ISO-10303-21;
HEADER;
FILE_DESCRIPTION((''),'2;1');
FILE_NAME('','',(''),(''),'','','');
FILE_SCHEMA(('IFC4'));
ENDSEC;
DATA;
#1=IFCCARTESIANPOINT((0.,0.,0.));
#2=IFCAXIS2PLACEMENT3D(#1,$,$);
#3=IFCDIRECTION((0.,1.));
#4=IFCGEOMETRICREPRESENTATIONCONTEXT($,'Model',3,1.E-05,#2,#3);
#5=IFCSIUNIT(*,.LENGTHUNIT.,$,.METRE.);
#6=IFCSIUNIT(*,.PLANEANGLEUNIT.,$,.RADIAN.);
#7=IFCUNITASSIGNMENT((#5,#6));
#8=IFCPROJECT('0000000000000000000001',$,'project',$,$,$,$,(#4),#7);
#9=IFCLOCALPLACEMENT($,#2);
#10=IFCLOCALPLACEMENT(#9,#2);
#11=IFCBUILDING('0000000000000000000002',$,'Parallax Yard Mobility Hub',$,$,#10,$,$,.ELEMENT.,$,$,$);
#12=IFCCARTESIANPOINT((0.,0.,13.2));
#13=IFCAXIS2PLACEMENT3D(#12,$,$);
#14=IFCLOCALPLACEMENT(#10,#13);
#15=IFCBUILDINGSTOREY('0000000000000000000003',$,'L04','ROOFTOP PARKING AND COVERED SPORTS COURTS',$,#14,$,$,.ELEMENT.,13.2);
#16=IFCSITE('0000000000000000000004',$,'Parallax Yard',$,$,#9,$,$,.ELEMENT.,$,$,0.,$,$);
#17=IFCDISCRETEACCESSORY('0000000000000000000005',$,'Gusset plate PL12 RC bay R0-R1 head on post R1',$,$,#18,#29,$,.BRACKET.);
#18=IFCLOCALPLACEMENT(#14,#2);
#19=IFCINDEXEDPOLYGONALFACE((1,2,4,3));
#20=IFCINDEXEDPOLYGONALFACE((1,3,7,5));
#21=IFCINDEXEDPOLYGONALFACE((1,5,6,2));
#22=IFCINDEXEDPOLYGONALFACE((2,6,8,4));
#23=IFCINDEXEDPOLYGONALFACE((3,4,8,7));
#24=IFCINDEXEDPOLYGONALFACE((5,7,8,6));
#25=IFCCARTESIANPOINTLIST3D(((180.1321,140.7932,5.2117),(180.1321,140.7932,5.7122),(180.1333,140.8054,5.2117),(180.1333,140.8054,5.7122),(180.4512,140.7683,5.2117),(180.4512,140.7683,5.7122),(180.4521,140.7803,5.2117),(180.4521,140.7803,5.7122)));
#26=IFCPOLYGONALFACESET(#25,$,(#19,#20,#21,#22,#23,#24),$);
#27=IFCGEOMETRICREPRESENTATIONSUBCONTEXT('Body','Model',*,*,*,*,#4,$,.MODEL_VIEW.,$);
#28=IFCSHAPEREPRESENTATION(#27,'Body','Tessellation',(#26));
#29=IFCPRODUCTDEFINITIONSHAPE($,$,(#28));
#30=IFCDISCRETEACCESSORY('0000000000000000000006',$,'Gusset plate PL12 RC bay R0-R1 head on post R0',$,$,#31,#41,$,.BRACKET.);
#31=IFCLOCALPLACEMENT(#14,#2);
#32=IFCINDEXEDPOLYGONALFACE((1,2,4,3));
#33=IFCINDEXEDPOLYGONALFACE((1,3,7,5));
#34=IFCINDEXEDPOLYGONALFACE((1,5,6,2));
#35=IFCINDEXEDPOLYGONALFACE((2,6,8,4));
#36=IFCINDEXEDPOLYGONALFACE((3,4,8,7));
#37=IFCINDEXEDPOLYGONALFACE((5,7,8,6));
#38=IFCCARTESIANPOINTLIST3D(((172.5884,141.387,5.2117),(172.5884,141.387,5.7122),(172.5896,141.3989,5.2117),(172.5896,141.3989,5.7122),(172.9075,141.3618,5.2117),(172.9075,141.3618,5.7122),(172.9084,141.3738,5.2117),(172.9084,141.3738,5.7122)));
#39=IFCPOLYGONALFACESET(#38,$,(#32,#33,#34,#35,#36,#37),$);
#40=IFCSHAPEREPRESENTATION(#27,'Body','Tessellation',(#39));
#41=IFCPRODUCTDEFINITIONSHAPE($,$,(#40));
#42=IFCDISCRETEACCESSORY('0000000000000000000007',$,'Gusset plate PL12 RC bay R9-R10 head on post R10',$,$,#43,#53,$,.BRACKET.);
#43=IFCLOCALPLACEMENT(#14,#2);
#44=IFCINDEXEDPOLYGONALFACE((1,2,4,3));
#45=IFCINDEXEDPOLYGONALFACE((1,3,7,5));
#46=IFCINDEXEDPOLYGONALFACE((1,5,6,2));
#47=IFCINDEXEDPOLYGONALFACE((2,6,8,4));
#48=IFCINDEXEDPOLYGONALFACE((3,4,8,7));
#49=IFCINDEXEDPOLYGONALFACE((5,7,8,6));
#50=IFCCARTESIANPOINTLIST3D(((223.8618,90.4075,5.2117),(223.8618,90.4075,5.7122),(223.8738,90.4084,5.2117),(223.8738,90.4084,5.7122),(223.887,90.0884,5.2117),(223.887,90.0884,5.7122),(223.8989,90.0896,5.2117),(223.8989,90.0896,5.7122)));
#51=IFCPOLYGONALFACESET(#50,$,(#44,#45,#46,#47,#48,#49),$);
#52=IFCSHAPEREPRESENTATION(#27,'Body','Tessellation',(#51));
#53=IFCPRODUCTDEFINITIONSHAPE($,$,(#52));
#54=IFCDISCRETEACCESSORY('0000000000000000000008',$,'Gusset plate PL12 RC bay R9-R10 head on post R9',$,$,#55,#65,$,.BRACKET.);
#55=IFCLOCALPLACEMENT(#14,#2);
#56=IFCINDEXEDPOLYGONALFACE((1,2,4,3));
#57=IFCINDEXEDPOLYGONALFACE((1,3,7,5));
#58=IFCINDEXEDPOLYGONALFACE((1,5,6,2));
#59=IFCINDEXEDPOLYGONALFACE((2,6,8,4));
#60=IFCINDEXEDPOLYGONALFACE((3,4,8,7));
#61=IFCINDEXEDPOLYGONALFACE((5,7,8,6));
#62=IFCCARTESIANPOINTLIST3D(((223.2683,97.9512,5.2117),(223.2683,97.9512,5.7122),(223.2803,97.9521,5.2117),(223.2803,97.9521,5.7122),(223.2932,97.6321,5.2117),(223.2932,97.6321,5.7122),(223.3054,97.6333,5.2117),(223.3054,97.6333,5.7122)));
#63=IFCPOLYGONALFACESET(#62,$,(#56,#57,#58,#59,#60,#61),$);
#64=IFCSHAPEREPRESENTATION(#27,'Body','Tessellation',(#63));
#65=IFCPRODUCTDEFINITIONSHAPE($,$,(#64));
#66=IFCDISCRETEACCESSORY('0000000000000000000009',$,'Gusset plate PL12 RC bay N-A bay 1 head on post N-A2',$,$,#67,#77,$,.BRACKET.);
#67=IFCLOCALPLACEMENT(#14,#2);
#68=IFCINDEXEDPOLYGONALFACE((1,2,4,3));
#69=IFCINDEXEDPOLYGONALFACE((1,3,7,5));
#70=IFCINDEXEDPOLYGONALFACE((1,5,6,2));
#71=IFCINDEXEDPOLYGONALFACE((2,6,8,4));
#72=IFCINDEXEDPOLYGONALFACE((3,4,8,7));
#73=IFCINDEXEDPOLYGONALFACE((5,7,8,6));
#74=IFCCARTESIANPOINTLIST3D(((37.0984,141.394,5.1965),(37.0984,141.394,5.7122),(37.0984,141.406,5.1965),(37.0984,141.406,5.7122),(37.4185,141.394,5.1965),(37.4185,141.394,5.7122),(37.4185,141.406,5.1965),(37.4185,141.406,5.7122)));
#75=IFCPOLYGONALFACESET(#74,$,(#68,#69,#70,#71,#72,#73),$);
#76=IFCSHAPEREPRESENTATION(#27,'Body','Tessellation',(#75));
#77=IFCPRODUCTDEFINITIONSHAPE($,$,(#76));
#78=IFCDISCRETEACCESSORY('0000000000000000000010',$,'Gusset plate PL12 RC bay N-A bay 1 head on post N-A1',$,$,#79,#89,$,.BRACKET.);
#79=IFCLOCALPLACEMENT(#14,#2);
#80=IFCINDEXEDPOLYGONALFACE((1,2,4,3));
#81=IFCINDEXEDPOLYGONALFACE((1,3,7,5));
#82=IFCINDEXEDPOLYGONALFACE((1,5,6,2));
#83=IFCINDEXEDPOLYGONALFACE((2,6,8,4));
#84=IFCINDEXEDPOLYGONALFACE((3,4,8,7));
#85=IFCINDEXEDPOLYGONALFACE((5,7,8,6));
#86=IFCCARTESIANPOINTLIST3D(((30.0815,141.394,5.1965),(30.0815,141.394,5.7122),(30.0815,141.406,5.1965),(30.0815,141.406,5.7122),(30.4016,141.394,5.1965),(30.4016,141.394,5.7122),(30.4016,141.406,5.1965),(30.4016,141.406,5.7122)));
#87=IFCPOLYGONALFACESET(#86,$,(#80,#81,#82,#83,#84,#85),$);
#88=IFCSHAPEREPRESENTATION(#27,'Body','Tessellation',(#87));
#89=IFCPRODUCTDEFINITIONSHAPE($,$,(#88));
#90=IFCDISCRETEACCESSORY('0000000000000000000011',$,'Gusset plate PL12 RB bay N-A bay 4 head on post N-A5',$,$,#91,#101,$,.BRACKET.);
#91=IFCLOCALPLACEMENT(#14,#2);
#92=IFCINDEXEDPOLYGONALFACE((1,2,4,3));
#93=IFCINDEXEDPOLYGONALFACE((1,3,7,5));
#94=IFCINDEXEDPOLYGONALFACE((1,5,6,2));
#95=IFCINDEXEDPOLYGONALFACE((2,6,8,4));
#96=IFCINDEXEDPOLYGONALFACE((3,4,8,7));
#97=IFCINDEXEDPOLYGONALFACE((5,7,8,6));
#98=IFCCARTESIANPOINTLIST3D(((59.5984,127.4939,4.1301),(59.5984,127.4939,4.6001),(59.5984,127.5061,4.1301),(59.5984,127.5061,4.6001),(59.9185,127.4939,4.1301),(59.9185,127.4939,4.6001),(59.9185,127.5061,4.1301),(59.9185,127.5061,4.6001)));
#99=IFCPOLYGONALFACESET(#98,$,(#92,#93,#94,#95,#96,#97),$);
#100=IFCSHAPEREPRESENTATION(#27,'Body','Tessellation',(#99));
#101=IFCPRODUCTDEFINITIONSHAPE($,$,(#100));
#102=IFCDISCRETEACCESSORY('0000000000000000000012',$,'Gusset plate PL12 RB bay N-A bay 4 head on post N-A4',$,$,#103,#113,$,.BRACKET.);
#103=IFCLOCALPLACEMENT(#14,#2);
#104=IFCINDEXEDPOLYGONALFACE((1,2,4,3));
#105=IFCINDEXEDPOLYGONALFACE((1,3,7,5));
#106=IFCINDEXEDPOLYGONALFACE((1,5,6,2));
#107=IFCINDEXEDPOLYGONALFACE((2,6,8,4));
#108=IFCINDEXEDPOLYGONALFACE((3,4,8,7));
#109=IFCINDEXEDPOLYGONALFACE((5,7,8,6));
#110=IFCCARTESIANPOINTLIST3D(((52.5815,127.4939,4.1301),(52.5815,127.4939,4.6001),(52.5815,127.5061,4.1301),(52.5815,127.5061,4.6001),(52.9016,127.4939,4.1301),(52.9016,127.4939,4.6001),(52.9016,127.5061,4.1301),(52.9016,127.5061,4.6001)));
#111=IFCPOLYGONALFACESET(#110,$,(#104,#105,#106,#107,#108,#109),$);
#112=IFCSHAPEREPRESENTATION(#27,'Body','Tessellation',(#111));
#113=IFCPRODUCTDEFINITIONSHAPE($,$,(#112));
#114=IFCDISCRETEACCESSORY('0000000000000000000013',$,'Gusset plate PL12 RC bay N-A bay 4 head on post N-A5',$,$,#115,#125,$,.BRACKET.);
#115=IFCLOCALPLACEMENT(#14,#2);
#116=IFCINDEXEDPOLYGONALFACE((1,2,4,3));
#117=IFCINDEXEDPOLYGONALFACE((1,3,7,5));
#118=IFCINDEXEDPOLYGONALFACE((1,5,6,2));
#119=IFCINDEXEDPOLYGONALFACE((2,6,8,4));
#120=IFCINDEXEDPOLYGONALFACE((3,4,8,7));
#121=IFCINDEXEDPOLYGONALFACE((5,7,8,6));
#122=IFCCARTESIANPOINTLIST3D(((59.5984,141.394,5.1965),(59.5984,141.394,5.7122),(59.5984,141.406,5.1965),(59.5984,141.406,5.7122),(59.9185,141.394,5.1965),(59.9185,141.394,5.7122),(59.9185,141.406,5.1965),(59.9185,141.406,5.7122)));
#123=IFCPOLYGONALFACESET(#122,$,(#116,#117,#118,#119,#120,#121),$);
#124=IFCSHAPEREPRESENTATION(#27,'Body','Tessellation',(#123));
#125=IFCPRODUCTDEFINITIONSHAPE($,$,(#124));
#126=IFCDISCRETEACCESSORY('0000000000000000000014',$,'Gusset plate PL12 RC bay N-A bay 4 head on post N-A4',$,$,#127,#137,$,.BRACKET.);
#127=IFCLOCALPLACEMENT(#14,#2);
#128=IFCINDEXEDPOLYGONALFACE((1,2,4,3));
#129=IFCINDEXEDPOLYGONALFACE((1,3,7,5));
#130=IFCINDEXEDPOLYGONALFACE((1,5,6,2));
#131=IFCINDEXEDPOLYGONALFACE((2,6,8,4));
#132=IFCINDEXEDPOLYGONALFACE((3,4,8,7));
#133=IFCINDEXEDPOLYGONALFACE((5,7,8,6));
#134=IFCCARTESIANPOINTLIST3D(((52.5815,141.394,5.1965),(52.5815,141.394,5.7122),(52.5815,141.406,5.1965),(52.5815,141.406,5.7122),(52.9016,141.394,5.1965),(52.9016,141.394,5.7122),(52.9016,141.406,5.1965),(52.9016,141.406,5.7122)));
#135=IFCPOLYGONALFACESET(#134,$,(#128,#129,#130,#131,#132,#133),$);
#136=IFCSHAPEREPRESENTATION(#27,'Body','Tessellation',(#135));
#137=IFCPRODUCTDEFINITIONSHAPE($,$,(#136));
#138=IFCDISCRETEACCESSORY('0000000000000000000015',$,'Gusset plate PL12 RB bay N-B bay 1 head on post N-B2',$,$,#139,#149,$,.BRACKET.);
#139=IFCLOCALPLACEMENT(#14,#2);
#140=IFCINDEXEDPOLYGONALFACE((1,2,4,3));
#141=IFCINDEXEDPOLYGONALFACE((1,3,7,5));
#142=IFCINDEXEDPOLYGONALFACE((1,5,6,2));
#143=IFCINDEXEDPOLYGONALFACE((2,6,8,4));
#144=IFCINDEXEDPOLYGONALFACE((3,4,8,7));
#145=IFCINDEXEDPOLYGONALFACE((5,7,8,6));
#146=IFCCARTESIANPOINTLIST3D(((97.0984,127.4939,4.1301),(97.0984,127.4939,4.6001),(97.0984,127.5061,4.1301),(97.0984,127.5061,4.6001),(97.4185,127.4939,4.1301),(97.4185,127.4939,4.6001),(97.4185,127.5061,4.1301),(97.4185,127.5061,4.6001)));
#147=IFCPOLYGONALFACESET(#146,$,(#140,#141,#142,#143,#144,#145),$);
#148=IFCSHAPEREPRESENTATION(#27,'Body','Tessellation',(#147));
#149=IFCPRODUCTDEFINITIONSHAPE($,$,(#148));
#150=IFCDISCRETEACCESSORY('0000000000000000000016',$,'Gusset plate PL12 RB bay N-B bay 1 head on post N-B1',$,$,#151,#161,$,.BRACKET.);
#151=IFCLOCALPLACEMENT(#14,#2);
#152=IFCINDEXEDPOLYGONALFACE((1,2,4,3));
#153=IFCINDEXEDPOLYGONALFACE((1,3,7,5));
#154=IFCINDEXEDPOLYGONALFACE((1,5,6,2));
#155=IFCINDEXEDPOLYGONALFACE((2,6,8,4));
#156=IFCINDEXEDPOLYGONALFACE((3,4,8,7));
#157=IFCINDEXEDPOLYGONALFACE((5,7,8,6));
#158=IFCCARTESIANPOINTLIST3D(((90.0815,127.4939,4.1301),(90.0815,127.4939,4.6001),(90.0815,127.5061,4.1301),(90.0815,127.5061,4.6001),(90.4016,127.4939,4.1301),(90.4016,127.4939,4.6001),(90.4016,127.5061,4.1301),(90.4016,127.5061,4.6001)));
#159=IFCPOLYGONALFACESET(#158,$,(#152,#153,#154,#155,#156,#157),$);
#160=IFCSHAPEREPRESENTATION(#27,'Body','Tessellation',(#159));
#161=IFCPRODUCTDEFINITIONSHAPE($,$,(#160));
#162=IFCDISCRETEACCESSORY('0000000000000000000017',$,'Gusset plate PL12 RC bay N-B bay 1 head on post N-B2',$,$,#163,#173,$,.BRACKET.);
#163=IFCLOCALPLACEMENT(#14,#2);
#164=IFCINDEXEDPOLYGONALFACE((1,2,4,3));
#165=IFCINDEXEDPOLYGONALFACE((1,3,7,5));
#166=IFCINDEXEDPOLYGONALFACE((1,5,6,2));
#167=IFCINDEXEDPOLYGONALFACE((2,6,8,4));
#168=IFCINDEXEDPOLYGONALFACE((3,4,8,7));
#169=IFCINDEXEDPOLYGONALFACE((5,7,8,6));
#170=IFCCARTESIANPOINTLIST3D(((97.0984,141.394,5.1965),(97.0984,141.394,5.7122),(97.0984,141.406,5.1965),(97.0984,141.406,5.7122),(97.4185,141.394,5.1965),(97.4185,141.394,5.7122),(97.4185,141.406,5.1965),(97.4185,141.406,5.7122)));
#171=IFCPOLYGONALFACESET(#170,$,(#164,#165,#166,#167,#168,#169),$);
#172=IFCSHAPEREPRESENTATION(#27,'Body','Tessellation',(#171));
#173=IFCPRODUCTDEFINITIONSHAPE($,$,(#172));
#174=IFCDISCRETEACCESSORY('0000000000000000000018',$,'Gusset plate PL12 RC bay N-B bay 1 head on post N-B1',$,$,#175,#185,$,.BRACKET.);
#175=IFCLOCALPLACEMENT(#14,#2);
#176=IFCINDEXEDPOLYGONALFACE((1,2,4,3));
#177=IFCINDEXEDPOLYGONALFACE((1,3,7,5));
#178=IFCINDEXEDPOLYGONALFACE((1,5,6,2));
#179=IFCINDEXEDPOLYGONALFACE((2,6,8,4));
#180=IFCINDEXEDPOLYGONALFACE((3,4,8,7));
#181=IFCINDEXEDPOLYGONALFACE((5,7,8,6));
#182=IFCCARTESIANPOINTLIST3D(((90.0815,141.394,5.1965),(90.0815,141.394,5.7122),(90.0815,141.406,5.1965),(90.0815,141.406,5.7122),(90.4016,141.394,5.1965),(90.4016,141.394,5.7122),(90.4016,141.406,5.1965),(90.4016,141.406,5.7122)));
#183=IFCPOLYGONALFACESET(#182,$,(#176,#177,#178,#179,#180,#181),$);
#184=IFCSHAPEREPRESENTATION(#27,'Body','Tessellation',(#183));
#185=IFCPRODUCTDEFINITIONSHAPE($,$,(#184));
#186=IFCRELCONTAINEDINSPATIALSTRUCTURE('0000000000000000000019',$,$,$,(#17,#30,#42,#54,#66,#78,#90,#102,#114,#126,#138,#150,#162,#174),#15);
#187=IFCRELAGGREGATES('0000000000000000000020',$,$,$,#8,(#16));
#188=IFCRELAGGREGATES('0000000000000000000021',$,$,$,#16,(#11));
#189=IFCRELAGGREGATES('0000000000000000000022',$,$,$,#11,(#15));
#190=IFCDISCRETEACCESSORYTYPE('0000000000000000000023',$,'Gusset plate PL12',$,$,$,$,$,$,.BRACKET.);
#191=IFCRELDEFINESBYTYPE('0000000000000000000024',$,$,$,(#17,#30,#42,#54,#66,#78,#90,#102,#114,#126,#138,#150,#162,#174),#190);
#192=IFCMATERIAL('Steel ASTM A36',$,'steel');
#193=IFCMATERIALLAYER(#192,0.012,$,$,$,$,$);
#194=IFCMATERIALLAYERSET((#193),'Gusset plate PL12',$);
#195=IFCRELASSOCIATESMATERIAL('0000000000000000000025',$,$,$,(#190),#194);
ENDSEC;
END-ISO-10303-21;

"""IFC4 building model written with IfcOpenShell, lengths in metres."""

from ifc_helpers import new_model, si_unit, direction, frame, origin, place, context, subcontext, project, spatial, polyline, outline, extrude, material, layer, layer_set, type_object, element, save


model = new_model("IFC4")

# Units and contexts
model_context = context("Model", 3, precision=1e-05, world=origin(), true_north=direction((0.0, 1.0)))
body_context = subcontext(model_context, "Body", "Model", "MODEL_VIEW")
ifc_project = project(units=[si_unit("LENGTHUNIT", "METRE"), si_unit("PLANEANGLEUNIT", "RADIAN")], contexts=[model_context])

# Site, building, storey
site_placement = place(None, origin())
site = spatial("IfcSite", under=ifc_project, at=site_placement, Name="Parallax Yard", CompositionType="ELEMENT", RefElevation=0.0)
building_placement = place(site_placement, origin())
building = spatial("IfcBuilding", under=site, at=building_placement, Name="Parallax Yard Mobility Hub", CompositionType="ELEMENT")
storey_placement = place(building_placement, frame((0.0, 0.0, 13.2)))
storey = spatial("IfcBuildingStorey", under=building, at=storey_placement, Name="L04", Description="ROOFTOP PARKING AND COVERED SPORTS COURTS", CompositionType="ELEMENT", Elevation=13.2)

# Discrete accessories
ifc_material = material(Name="Steel ASTM A36", Category="steel")
ifc_layer = layer(ifc_material, 0.012)
ifc_layer_set = layer_set([ifc_layer], Name="Gusset plate PL12")
discrete_accessory_type = type_object("IfcDiscreteAccessoryType", Name="Gusset plate PL12", PredefinedType="BRACKET", material=ifc_layer_set)
discrete_accessory_1_placement = place(storey_placement, frame((0.0, 0.0, 5.2117)))
element("IfcDiscreteAccessory", 1, at=discrete_accessory_1_placement, inside=storey, type_object=discrete_accessory_type, Name="Gusset plate PL12 RC bay R0-R1 head on post R1", PredefinedType="BRACKET", context=body_context, shape_type="SweptSolid", body=[
    extrude(outline(polyline([(180.4521, 140.7803), (180.1333, 140.8054), (180.1321, 140.7932), (180.4512, 140.7683), (180.4521, 140.7803)])), origin(), (0.0, 0.0, 1.0), 0.5005),
])
discrete_accessory_2_placement = place(storey_placement, frame((0.0, 0.0, 5.2117)))
element("IfcDiscreteAccessory", 2, at=discrete_accessory_2_placement, inside=storey, type_object=discrete_accessory_type, Name="Gusset plate PL12 RC bay R0-R1 head on post R0", PredefinedType="BRACKET", context=body_context, shape_type="SweptSolid", body=[
    extrude(outline(polyline([(172.5884, 141.387), (172.9075, 141.3618), (172.9084, 141.3738), (172.5896, 141.3989), (172.5884, 141.387)])), origin(), (0.0, 0.0, 1.0), 0.5005),
])
discrete_accessory_3_placement = place(storey_placement, frame((0.0, 0.0, 5.2117)))
element("IfcDiscreteAccessory", 3, at=discrete_accessory_3_placement, inside=storey, type_object=discrete_accessory_type, Name="Gusset plate PL12 RC bay R9-R10 head on post R10", PredefinedType="BRACKET", context=body_context, shape_type="SweptSolid", body=[
    extrude(outline(polyline([(223.8989, 90.0896), (223.8738, 90.4084), (223.8618, 90.4075), (223.887, 90.0884), (223.8989, 90.0896)])), origin(), (0.0, 0.0, 1.0), 0.5005),
])
discrete_accessory_4_placement = place(storey_placement, frame((0.0, 0.0, 5.2117)))
element("IfcDiscreteAccessory", 4, at=discrete_accessory_4_placement, inside=storey, type_object=discrete_accessory_type, Name="Gusset plate PL12 RC bay R9-R10 head on post R9", PredefinedType="BRACKET", context=body_context, shape_type="SweptSolid", body=[
    extrude(outline(polyline([(223.2683, 97.9512), (223.2932, 97.6321), (223.3054, 97.6333), (223.2803, 97.9521), (223.2683, 97.9512)])), origin(), (0.0, 0.0, 1.0), 0.5005),
])
discrete_accessory_5_placement = place(storey_placement, frame((0.0, 0.0, 5.1965)))
element("IfcDiscreteAccessory", 5, at=discrete_accessory_5_placement, inside=storey, type_object=discrete_accessory_type, Name="Gusset plate PL12 RC bay N-A bay 1 head on post N-A2", PredefinedType="BRACKET", context=body_context, shape_type="SweptSolid", body=[
    extrude(outline(polyline([(37.4185, 141.406), (37.0984, 141.406), (37.0984, 141.394), (37.4185, 141.394), (37.4185, 141.406)])), origin(), (0.0, 0.0, 1.0), 0.5156),
])
discrete_accessory_6_placement = place(storey_placement, frame((0.0, 0.0, 5.1965)))
element("IfcDiscreteAccessory", 6, at=discrete_accessory_6_placement, inside=storey, type_object=discrete_accessory_type, Name="Gusset plate PL12 RC bay N-A bay 1 head on post N-A1", PredefinedType="BRACKET", context=body_context, shape_type="SweptSolid", body=[
    extrude(outline(polyline([(30.0815, 141.394), (30.4016, 141.394), (30.4016, 141.406), (30.0815, 141.406), (30.0815, 141.394)])), origin(), (0.0, 0.0, 1.0), 0.5156),
])
discrete_accessory_7_placement = place(storey_placement, frame((0.0, 0.0, 4.1301)))
element("IfcDiscreteAccessory", 7, at=discrete_accessory_7_placement, inside=storey, type_object=discrete_accessory_type, Name="Gusset plate PL12 RB bay N-A bay 4 head on post N-A5", PredefinedType="BRACKET", context=body_context, shape_type="SweptSolid", body=[
    extrude(outline(polyline([(59.9185, 127.5061), (59.5984, 127.5061), (59.5984, 127.4939), (59.9185, 127.4939), (59.9185, 127.5061)])), origin(), (0.0, 0.0, 1.0), 0.47),
])
discrete_accessory_8_placement = place(storey_placement, frame((0.0, 0.0, 4.1301)))
element("IfcDiscreteAccessory", 8, at=discrete_accessory_8_placement, inside=storey, type_object=discrete_accessory_type, Name="Gusset plate PL12 RB bay N-A bay 4 head on post N-A4", PredefinedType="BRACKET", context=body_context, shape_type="SweptSolid", body=[
    extrude(outline(polyline([(52.5815, 127.4939), (52.9016, 127.4939), (52.9016, 127.5061), (52.5815, 127.5061), (52.5815, 127.4939)])), origin(), (0.0, 0.0, 1.0), 0.47),
])
discrete_accessory_9_placement = place(storey_placement, frame((0.0, 0.0, 5.1965)))
element("IfcDiscreteAccessory", 9, at=discrete_accessory_9_placement, inside=storey, type_object=discrete_accessory_type, Name="Gusset plate PL12 RC bay N-A bay 4 head on post N-A5", PredefinedType="BRACKET", context=body_context, shape_type="SweptSolid", body=[
    extrude(outline(polyline([(59.9185, 141.406), (59.5984, 141.406), (59.5984, 141.394), (59.9185, 141.394), (59.9185, 141.406)])), origin(), (0.0, 0.0, 1.0), 0.5156),
])
discrete_accessory_10_placement = place(storey_placement, frame((0.0, 0.0, 5.1965)))
element("IfcDiscreteAccessory", 10, at=discrete_accessory_10_placement, inside=storey, type_object=discrete_accessory_type, Name="Gusset plate PL12 RC bay N-A bay 4 head on post N-A4", PredefinedType="BRACKET", context=body_context, shape_type="SweptSolid", body=[
    extrude(outline(polyline([(52.5815, 141.394), (52.9016, 141.394), (52.9016, 141.406), (52.5815, 141.406), (52.5815, 141.394)])), origin(), (0.0, 0.0, 1.0), 0.5156),
])
discrete_accessory_11_placement = place(storey_placement, frame((0.0, 0.0, 4.1301)))
element("IfcDiscreteAccessory", 11, at=discrete_accessory_11_placement, inside=storey, type_object=discrete_accessory_type, Name="Gusset plate PL12 RB bay N-B bay 1 head on post N-B2", PredefinedType="BRACKET", context=body_context, shape_type="SweptSolid", body=[
    extrude(outline(polyline([(97.4185, 127.5061), (97.0984, 127.5061), (97.0984, 127.4939), (97.4185, 127.4939), (97.4185, 127.5061)])), origin(), (0.0, 0.0, 1.0), 0.47),
])
discrete_accessory_12_placement = place(storey_placement, frame((0.0, 0.0, 4.1301)))
element("IfcDiscreteAccessory", 12, at=discrete_accessory_12_placement, inside=storey, type_object=discrete_accessory_type, Name="Gusset plate PL12 RB bay N-B bay 1 head on post N-B1", PredefinedType="BRACKET", context=body_context, shape_type="SweptSolid", body=[
    extrude(outline(polyline([(90.0815, 127.4939), (90.4016, 127.4939), (90.4016, 127.5061), (90.0815, 127.5061), (90.0815, 127.4939)])), origin(), (0.0, 0.0, 1.0), 0.47),
])
discrete_accessory_13_placement = place(storey_placement, frame((0.0, 0.0, 5.1965)))
element("IfcDiscreteAccessory", 13, at=discrete_accessory_13_placement, inside=storey, type_object=discrete_accessory_type, Name="Gusset plate PL12 RC bay N-B bay 1 head on post N-B2", PredefinedType="BRACKET", context=body_context, shape_type="SweptSolid", body=[
    extrude(outline(polyline([(97.4185, 141.406), (97.0984, 141.406), (97.0984, 141.394), (97.4185, 141.394), (97.4185, 141.406)])), origin(), (0.0, 0.0, 1.0), 0.5156),
])
discrete_accessory_14_placement = place(storey_placement, frame((0.0, 0.0, 5.1965)))
element("IfcDiscreteAccessory", 14, at=discrete_accessory_14_placement, inside=storey, type_object=discrete_accessory_type, Name="Gusset plate PL12 RC bay N-B bay 1 head on post N-B1", PredefinedType="BRACKET", context=body_context, shape_type="SweptSolid", body=[
    extrude(outline(polyline([(90.0815, 141.394), (90.4016, 141.394), (90.4016, 141.406), (90.0815, 141.406), (90.0815, 141.394)])), origin(), (0.0, 0.0, 1.0), 0.5156),
])

save(model, "model.ifc")
